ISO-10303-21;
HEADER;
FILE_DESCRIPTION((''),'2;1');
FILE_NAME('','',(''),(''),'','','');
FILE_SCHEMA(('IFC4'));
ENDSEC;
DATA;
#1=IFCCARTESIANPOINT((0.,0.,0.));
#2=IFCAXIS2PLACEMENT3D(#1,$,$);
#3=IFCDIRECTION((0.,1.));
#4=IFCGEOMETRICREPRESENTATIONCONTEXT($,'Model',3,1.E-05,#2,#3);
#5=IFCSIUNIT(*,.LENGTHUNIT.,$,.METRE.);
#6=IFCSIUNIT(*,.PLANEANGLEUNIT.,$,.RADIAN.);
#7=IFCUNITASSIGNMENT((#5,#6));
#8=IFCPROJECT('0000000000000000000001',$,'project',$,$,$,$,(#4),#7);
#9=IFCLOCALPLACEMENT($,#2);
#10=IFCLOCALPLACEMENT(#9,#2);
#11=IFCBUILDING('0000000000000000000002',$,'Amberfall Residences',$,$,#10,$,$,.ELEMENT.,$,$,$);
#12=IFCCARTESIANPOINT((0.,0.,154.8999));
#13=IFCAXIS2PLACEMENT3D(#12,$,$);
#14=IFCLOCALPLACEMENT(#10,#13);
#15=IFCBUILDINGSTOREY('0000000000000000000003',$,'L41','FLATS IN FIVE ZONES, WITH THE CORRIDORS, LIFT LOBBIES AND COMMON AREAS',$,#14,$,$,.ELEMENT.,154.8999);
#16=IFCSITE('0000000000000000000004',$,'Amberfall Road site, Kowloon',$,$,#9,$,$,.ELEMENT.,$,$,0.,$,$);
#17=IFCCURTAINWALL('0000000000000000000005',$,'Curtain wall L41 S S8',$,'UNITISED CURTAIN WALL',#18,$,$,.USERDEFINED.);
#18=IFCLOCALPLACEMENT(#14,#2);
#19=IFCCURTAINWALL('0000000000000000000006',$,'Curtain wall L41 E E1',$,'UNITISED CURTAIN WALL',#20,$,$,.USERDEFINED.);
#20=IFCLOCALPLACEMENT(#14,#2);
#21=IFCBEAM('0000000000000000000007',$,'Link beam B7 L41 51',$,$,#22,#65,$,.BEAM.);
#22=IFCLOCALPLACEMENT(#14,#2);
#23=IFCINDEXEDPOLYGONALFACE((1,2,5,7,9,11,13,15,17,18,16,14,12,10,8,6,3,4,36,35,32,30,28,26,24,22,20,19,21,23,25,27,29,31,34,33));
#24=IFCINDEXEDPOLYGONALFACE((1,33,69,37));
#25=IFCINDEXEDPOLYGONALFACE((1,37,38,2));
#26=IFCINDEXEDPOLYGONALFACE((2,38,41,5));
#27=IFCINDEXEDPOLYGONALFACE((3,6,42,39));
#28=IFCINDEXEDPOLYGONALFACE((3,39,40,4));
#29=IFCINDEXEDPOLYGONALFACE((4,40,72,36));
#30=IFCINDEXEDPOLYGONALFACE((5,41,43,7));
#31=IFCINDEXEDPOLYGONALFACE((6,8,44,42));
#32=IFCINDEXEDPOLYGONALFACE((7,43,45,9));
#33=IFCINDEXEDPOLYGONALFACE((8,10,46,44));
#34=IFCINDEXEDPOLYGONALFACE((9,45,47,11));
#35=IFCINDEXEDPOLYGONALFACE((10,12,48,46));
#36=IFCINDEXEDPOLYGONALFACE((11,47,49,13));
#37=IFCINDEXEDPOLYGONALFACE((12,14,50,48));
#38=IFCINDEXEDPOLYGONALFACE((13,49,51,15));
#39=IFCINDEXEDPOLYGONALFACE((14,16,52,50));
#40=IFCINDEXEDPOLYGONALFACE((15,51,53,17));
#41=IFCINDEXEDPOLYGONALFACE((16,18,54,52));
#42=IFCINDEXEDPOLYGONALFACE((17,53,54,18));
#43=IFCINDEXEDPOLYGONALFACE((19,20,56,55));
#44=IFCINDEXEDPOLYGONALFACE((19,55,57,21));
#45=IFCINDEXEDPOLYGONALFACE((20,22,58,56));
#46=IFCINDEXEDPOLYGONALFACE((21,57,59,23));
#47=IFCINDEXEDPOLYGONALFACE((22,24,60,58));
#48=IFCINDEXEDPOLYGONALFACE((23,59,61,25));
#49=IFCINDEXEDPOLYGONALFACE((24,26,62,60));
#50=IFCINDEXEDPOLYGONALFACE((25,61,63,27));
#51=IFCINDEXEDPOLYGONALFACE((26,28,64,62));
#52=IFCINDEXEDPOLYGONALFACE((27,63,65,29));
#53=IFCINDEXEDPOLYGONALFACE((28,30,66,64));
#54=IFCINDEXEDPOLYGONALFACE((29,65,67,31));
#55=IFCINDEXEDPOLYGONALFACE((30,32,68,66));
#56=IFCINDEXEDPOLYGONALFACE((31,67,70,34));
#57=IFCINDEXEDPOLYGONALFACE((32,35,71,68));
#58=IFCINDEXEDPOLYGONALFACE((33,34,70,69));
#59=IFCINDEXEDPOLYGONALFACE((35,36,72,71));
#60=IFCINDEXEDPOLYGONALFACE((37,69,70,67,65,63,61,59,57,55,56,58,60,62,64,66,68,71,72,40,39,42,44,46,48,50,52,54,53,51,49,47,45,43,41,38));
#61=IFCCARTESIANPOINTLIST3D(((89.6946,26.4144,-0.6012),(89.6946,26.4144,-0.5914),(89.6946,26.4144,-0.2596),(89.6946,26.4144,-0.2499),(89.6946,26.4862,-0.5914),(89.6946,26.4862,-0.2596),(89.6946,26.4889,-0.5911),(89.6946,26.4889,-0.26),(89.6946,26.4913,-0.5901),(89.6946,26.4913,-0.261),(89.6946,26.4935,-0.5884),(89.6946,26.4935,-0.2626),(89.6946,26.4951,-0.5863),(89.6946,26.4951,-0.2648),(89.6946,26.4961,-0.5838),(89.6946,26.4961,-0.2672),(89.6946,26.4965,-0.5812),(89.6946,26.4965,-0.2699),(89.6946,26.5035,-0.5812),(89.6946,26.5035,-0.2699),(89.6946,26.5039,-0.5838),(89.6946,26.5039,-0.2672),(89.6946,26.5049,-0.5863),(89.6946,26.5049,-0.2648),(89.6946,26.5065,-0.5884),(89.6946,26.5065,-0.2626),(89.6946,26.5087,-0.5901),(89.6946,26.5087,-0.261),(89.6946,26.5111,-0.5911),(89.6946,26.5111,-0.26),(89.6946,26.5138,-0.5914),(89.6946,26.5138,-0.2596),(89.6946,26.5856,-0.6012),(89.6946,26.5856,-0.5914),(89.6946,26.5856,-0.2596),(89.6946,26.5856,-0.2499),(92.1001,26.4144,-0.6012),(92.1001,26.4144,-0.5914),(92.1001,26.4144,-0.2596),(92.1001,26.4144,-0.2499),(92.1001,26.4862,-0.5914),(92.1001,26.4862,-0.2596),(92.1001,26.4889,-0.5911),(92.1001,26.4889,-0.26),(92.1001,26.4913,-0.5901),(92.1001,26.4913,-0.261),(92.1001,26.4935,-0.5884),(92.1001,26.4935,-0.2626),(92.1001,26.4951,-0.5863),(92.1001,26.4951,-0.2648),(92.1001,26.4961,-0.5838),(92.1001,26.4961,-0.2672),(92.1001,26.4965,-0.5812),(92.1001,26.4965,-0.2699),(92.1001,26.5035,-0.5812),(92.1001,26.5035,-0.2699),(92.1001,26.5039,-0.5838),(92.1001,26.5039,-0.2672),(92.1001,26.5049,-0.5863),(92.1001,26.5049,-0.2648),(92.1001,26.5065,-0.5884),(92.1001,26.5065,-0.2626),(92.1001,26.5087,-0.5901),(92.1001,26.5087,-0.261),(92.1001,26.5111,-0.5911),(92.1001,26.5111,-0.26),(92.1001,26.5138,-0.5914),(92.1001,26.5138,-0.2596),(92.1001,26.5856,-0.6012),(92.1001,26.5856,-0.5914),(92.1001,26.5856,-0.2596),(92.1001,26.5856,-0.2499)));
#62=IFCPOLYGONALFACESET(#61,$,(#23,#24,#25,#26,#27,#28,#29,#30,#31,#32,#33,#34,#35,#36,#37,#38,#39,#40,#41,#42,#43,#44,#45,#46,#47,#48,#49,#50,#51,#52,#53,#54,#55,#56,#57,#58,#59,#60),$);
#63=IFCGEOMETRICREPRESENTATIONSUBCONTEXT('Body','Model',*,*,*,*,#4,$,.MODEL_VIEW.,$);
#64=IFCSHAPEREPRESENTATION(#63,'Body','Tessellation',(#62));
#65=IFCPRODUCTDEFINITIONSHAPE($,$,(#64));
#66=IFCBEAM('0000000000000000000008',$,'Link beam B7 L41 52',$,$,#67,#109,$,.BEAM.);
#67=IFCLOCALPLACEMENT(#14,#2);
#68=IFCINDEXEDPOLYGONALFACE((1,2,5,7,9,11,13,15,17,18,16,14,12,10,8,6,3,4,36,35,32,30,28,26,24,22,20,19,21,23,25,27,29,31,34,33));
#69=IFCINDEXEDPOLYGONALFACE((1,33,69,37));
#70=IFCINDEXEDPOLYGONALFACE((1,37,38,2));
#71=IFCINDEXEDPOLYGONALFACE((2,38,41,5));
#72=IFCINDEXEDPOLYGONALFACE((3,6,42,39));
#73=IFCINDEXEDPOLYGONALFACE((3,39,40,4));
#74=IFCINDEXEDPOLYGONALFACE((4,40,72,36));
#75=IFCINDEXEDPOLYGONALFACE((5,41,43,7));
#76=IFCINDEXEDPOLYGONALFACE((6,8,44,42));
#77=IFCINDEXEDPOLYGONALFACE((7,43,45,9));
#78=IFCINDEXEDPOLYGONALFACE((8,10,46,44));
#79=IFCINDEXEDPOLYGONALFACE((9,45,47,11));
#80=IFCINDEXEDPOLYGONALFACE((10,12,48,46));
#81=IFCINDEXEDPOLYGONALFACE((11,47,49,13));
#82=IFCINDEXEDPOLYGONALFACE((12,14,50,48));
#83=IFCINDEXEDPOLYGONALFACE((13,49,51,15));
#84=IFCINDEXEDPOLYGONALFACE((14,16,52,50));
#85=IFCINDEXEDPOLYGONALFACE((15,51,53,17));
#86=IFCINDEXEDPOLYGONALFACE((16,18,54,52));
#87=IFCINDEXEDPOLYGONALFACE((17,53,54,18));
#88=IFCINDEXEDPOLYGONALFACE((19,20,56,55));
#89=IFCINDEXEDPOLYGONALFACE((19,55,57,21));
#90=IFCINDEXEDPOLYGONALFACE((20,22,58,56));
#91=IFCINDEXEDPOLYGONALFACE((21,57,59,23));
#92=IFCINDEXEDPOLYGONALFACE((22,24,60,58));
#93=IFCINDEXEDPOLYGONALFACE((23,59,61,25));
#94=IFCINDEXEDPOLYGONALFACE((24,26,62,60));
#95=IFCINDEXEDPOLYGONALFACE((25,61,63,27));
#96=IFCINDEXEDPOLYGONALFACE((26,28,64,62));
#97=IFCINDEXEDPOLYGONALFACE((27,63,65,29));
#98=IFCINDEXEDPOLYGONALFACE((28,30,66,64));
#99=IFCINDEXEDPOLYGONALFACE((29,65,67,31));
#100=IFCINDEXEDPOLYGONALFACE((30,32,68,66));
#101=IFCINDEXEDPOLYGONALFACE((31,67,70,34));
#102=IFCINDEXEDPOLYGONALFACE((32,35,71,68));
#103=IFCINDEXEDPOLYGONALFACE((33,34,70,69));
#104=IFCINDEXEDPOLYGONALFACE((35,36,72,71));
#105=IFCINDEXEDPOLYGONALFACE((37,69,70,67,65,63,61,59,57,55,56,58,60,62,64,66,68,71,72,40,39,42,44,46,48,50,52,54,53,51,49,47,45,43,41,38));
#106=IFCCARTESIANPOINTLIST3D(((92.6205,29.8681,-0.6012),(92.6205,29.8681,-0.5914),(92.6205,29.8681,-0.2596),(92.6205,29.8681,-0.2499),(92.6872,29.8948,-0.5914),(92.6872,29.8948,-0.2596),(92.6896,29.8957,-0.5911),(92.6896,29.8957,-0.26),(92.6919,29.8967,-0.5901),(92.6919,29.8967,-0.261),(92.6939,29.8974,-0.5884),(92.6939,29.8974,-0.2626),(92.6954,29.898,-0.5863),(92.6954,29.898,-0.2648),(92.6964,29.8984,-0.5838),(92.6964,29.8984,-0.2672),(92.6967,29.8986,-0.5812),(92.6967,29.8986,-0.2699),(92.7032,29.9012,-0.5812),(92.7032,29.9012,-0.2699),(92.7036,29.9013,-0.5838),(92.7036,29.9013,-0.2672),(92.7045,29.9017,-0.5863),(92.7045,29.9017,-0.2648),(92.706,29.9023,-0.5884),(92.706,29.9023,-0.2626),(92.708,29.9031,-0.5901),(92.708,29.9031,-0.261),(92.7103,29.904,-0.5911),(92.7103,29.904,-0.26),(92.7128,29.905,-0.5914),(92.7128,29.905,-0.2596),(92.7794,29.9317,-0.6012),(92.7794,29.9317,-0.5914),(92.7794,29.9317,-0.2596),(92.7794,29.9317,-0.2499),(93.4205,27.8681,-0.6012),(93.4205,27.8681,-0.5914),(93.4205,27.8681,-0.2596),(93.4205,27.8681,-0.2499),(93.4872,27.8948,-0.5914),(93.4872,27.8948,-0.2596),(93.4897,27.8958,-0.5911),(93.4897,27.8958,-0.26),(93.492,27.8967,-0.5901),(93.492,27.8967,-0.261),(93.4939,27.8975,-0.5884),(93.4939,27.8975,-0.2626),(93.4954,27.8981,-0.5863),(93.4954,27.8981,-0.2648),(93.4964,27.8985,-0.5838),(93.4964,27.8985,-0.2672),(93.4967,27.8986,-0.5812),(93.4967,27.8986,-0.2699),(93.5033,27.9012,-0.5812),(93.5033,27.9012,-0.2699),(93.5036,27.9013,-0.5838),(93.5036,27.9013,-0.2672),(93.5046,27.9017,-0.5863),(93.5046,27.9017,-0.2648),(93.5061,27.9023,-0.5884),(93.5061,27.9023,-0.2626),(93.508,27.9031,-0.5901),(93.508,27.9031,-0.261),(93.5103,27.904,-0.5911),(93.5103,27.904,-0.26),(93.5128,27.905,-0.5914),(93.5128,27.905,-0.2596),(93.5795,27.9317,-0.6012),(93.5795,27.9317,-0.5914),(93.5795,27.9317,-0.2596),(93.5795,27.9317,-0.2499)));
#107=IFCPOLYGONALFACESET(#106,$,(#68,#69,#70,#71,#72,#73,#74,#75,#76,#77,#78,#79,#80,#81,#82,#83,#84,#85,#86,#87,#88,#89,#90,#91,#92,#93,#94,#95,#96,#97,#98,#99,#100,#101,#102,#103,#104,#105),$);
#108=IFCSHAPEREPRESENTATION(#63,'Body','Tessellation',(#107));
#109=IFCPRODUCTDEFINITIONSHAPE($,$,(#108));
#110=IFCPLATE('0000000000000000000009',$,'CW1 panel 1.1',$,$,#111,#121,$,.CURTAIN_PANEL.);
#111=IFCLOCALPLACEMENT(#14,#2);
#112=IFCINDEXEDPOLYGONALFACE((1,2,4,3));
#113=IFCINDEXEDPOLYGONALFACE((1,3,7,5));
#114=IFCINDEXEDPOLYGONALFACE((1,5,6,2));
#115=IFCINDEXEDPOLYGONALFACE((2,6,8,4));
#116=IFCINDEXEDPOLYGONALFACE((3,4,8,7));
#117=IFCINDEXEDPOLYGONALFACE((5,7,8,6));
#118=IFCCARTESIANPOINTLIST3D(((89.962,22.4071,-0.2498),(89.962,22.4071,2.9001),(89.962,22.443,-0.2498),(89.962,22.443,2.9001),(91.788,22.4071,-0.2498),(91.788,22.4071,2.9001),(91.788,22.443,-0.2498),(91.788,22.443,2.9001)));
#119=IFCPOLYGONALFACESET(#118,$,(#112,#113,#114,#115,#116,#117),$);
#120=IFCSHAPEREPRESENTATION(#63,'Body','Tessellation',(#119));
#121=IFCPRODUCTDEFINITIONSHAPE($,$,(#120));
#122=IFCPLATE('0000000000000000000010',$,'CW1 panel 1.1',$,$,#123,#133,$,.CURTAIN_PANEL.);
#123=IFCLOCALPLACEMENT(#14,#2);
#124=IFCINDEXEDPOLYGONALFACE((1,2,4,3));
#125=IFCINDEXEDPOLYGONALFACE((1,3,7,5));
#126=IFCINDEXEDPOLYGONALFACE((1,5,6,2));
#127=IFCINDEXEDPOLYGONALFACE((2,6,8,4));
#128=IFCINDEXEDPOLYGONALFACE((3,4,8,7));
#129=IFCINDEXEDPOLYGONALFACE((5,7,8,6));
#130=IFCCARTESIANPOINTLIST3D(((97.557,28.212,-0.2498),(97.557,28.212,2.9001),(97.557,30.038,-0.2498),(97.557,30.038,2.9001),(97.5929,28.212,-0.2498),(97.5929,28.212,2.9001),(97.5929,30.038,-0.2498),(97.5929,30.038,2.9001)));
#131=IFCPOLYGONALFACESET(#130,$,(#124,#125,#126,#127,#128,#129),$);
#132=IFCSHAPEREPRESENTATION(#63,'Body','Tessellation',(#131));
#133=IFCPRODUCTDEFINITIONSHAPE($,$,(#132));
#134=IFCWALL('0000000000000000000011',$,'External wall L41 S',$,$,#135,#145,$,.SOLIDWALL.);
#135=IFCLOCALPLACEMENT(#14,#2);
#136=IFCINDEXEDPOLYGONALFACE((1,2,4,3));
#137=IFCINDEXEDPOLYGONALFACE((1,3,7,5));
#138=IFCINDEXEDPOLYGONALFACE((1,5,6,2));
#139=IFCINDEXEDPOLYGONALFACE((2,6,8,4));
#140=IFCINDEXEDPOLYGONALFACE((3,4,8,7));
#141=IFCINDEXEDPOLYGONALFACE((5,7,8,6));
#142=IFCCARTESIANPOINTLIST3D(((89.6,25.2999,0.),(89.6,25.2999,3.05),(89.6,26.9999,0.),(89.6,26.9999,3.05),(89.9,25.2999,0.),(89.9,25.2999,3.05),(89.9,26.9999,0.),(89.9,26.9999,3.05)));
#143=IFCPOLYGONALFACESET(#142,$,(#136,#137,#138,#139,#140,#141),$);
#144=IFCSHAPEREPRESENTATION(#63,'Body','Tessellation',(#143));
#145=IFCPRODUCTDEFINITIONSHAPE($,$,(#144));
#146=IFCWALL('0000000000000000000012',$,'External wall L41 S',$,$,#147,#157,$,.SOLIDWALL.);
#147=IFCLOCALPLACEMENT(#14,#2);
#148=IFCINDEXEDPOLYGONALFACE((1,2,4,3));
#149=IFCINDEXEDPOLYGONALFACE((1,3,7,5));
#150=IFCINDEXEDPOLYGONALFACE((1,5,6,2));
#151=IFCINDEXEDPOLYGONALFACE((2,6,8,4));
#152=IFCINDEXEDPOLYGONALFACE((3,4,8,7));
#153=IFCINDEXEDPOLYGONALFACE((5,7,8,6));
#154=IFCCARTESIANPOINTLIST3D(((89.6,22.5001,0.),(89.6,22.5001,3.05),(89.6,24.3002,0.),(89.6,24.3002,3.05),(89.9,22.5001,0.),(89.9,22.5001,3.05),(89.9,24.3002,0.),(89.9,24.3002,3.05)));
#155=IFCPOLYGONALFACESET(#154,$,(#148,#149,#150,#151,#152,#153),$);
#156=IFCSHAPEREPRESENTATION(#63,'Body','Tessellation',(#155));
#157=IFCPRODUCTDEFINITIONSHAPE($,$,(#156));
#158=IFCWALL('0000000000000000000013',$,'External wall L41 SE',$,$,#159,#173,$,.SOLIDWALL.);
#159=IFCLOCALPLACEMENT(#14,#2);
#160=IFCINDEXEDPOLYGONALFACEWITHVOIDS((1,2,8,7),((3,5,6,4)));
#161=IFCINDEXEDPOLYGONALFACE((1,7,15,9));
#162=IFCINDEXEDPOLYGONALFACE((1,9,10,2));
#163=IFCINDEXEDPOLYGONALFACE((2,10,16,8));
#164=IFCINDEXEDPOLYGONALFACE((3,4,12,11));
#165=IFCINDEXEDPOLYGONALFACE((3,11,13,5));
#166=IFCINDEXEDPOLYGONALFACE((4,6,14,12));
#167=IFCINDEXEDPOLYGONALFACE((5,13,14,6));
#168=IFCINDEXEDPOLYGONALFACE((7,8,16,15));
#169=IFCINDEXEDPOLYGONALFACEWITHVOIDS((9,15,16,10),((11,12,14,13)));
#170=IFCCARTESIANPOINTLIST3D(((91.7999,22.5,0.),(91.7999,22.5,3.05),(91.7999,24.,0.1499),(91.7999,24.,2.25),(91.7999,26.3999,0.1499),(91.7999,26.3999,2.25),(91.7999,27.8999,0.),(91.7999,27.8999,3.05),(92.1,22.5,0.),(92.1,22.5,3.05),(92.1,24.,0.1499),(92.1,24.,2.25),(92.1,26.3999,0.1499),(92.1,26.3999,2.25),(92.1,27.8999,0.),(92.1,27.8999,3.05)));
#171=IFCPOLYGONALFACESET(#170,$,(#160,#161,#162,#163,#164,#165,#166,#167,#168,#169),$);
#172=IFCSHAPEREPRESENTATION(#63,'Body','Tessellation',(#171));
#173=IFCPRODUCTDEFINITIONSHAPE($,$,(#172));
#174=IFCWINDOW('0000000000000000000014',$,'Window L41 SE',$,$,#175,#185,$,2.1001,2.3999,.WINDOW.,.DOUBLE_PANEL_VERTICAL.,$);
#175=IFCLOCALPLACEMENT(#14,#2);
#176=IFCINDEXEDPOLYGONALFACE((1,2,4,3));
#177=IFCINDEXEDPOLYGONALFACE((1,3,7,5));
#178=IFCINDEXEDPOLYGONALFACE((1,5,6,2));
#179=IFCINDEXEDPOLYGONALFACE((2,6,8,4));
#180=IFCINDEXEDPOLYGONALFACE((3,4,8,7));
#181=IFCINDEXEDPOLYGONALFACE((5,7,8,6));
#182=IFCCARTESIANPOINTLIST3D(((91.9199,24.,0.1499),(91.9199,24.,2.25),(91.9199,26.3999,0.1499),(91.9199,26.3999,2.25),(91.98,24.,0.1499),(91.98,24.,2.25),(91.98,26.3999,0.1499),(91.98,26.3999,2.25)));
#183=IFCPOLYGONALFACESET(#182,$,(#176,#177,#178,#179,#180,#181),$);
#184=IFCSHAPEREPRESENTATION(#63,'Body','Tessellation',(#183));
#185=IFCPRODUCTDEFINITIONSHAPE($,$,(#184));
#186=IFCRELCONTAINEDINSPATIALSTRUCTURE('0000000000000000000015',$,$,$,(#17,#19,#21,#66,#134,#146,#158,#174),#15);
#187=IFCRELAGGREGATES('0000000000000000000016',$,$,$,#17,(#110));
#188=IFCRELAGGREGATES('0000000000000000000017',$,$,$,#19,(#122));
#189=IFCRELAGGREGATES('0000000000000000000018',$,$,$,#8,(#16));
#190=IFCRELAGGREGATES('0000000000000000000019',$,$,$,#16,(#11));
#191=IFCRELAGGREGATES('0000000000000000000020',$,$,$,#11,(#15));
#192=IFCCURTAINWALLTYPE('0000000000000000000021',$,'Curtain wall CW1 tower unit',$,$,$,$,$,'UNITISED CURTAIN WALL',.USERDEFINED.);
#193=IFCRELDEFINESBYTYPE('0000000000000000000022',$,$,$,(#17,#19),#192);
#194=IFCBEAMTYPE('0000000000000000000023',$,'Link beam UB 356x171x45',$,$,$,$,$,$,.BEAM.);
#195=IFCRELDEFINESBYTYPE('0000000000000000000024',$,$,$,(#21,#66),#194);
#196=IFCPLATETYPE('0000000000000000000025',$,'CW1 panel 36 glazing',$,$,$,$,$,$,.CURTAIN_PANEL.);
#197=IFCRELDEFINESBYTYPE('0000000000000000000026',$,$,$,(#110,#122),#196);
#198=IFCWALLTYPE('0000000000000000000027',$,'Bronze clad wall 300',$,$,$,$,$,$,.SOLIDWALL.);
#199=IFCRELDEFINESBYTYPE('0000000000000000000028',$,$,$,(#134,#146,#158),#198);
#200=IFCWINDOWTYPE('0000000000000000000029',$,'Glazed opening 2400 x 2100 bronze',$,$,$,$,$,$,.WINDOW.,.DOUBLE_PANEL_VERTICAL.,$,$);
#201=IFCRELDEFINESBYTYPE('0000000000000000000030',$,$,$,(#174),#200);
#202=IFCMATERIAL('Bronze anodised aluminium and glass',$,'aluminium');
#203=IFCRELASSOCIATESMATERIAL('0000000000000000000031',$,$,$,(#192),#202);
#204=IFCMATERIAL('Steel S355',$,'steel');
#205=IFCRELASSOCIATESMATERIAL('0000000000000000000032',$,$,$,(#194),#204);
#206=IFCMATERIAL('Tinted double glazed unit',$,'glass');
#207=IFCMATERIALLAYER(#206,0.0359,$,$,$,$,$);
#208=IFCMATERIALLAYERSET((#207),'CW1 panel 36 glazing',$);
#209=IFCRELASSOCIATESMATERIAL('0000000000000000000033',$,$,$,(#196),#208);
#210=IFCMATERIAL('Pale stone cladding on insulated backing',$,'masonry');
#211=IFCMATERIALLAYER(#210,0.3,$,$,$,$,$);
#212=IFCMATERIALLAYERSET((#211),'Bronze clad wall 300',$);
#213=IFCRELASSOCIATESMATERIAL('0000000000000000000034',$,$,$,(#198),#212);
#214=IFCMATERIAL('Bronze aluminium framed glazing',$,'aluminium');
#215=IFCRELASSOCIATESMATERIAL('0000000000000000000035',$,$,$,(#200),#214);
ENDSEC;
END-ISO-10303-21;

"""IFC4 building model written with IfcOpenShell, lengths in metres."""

from ifc_helpers import new_model, si_unit, direction, frame, frame_2d, origin, origin_2d, place, context, subcontext, project, spatial, rectangle, i_section, extrude, material, layer, layer_set, material_profile, profile_set, type_object, element, fill, aggregate, save


model = new_model("IFC4")

# Units and contexts
model_context = context("Model", 3, precision=1e-05, world=origin(), true_north=direction((0.0, 1.0)))
body_context = subcontext(model_context, "Body", "Model", "MODEL_VIEW")
ifc_project = project(units=[si_unit("LENGTHUNIT", "METRE"), si_unit("PLANEANGLEUNIT", "RADIAN")], contexts=[model_context])

# Site, building, storey
site_placement = place(None, origin())
site = spatial("IfcSite", under=ifc_project, at=site_placement, Name="Amberfall Road site, Kowloon", CompositionType="ELEMENT", RefElevation=0.0)
building_placement = place(site_placement, origin())
building = spatial("IfcBuilding", under=site, at=building_placement, Name="Amberfall Residences", CompositionType="ELEMENT")
storey_placement = place(building_placement, frame((0.0, 0.0, 154.8999)))
storey = spatial("IfcBuildingStorey", under=building, at=storey_placement, Name="L41", Description="FLATS IN FIVE ZONES, WITH THE CORRIDORS, LIFT LOBBIES AND COMMON AREAS", CompositionType="ELEMENT", Elevation=154.8999)

# Curtain walls
ifc_material_1 = material(Name="Bronze anodised aluminium and glass", Category="aluminium")
curtain_wall_type = type_object("IfcCurtainWallType", Name="Curtain wall CW1 tower unit", ElementType="UNITISED CURTAIN WALL", PredefinedType="USERDEFINED", material=ifc_material_1)
curtain_wall_1_placement = place(storey_placement, origin())
curtain_wall_1 = element("IfcCurtainWall", 1, at=curtain_wall_1_placement, inside=storey, type_object=curtain_wall_type, Name="Curtain wall L41 S S8", ObjectType="UNITISED CURTAIN WALL", PredefinedType="USERDEFINED")
curtain_wall_2_placement = place(storey_placement, origin())
curtain_wall_2 = element("IfcCurtainWall", 2, at=curtain_wall_2_placement, inside=storey, type_object=curtain_wall_type, Name="Curtain wall L41 E E1", ObjectType="UNITISED CURTAIN WALL", PredefinedType="USERDEFINED")

# Beams
ifc_material_2 = material(Name="Steel S355", Category="steel")
ifc_material_profile_1 = material_profile(ifc_material_2, i_section(OverallWidth=0.1711, OverallDepth=0.3513, WebThickness=0.0071, FlangeThickness=0.0098, FilletRadius=0.0103, at=origin_2d()), Name="UB 356x171x45")
ifc_profile_set_1 = profile_set([ifc_material_profile_1], Name="Steel S355")
beam_type_1 = type_object("IfcBeamType", Name="Link beam UB 356x171x45", PredefinedType="BEAM", material=ifc_profile_set_1)
beam_1_placement = place(storey_placement, frame((92.1001, 26.5, -0.4255), z_axis=(-1.0, 0.0, 0.0), x_axis=(0.0, -1.0, 0.0)))
element("IfcBeam", 3, at=beam_1_placement, inside=storey, type_object=beam_type_1, Name="Link beam B7 L41 51", PredefinedType="BEAM", context=body_context, shape_type="SweptSolid", body=[
    extrude(i_section(OverallWidth=0.1711, OverallDepth=0.3513, WebThickness=0.0071, FlangeThickness=0.0098, FilletRadius=0.0103, at=origin_2d()), origin(), (0.0, 0.0, 1.0), 2.4055),
])
beam_2_placement = place(storey_placement, frame((93.5, 27.8999, -0.4255), z_axis=(-0.37141, 0.928469, 0.0), x_axis=(-0.928469, -0.37141, 0.0)))
element("IfcBeam", 4, at=beam_2_placement, inside=storey, type_object=beam_type_1, Name="Link beam B7 L41 52", PredefinedType="BEAM", context=body_context, shape_type="SweptSolid", body=[
    extrude(i_section(OverallWidth=0.1711, OverallDepth=0.3513, WebThickness=0.0071, FlangeThickness=0.0098, FilletRadius=0.0103, at=origin_2d()), origin(), (0.0, 0.0, 1.0), 2.1541),
])

# Plates
ifc_material_3 = material(Name="Tinted double glazed unit", Category="glass")
ifc_layer_1 = layer(ifc_material_3, 0.0359)
ifc_layer_set_1 = layer_set([ifc_layer_1], Name="CW1 panel 36 glazing")
plate_type = type_object("IfcPlateType", Name="CW1 panel 36 glazing", PredefinedType="CURTAIN_PANEL", material=ifc_layer_set_1)
plate_1_placement = place(storey_placement, frame((90.875, 22.425, -0.2498), z_axis=(0.0, 0.0, 1.0), x_axis=(1.0, 0.0, 0.0)))
plate_1 = element("IfcPlate", 5, at=plate_1_placement, type_object=plate_type, Name="CW1 panel 1.1", PredefinedType="CURTAIN_PANEL", context=body_context, shape_type="SweptSolid", body=[
    extrude(rectangle(XDim=1.8259, YDim=0.0359, at=origin_2d()), origin(), (0.0, 0.0, 1.0), 3.1499),
])
aggregate(curtain_wall_1, [plate_1])
plate_2_placement = place(storey_placement, frame((97.575, 29.125, -0.2498), z_axis=(0.0, 0.0, 1.0), x_axis=(0.0, 1.0, 0.0)))
plate_2 = element("IfcPlate", 6, at=plate_2_placement, type_object=plate_type, Name="CW1 panel 1.1", PredefinedType="CURTAIN_PANEL", context=body_context, shape_type="SweptSolid", body=[
    extrude(rectangle(XDim=1.8259, YDim=0.0359, at=origin_2d()), origin(), (0.0, 0.0, 1.0), 3.1499),
])
aggregate(curtain_wall_2, [plate_2])

# Walls
ifc_material_4 = material(Name="Pale stone cladding on insulated backing", Category="masonry")
ifc_layer_2 = layer(ifc_material_4, 0.3)
ifc_layer_set_2 = layer_set([ifc_layer_2], Name="Bronze clad wall 300")
wall_type_1 = type_object("IfcWallType", Name="Bronze clad wall 300", PredefinedType="SOLIDWALL", material=ifc_layer_set_2)
wall_1_placement = place(storey_placement, frame((89.75, 27.0, 0.0), z_axis=(0.0, 0.0, 1.0), x_axis=(0.0, -1.0, 0.0)))
element("IfcWall", 7, at=wall_1_placement, inside=storey, type_object=wall_type_1, Name="External wall L41 S", PredefinedType="SOLIDWALL", context=body_context, shape_type="SweptSolid", body=[
    extrude(rectangle(XDim=1.7, YDim=0.3, at=frame_2d((0.8501, 0.0))), origin(), (0.0, 0.0, 1.0), 3.05),
])
wall_2_placement = place(storey_placement, frame((89.75, 24.3, 0.0), z_axis=(0.0, 0.0, 1.0), x_axis=(0.0, -1.0, 0.0)))
element("IfcWall", 8, at=wall_2_placement, inside=storey, type_object=wall_type_1, Name="External wall L41 S", PredefinedType="SOLIDWALL", context=body_context, shape_type="SweptSolid", body=[
    extrude(rectangle(XDim=1.8, YDim=0.3, at=frame_2d((0.8999, 0.0))), origin(), (0.0, 0.0, 1.0), 3.05),
])

# Wall, opening, window
wall_3_placement = place(storey_placement, frame((91.95, 22.5, 0.0), z_axis=(0.0, 0.0, 1.0), x_axis=(0.0, 1.0, 0.0)))
wall_3 = element("IfcWall", 9, at=wall_3_placement, inside=storey, type_object=wall_type_1, Name="External wall L41 SE", PredefinedType="SOLIDWALL", context=body_context, shape_type="SweptSolid", body=[
    extrude(rectangle(XDim=5.3999, YDim=0.3, at=frame_2d((2.7, 0.0))), origin(), (0.0, 0.0, 1.0), 3.05),
])
opening_1_placement = place(wall_3_placement, frame((1.5, 0.0, 0.1499)))
opening_1 = element("IfcOpeningElement", 10, at=opening_1_placement, cuts=wall_3, PredefinedType="OPENING", context=body_context, shape_type="SweptSolid", body=[
    extrude(rectangle(XDim=2.3999, YDim=2.1001, at=frame_2d((1.2, 1.05))), frame((0.0, 0.1599, 0.0), z_axis=(0.0, -1.0, 0.0), x_axis=(1.0, 0.0, 0.0)), (0.0, 0.0, 1.0), 0.3201),
])
ifc_material_5 = material(Name="Bronze aluminium framed glazing", Category="aluminium")
window_type_1 = type_object("IfcWindowType", Name="Glazed opening 2400 x 2100 bronze", PartitioningType="DOUBLE_PANEL_VERTICAL", PredefinedType="WINDOW", material=ifc_material_5)
window_1_placement = place(opening_1_placement, origin())
window_1 = element("IfcWindow", 11, at=window_1_placement, inside=storey, type_object=window_type_1, Name="Window L41 SE", OverallHeight=2.1001, OverallWidth=2.3999, PartitioningType="DOUBLE_PANEL_VERTICAL", PredefinedType="WINDOW", context=body_context, shape_type="SweptSolid", body=[
    extrude(rectangle(XDim=2.3999, YDim=2.1001, at=frame_2d((1.2, 1.05))), frame((0.0, 0.03, 0.0), z_axis=(0.0, -1.0, 0.0), x_axis=(1.0, 0.0, 0.0)), (0.0, 0.0, 1.0), 0.0601),
])
fill(opening_1, window_1)

save(model, "model.ifc")
